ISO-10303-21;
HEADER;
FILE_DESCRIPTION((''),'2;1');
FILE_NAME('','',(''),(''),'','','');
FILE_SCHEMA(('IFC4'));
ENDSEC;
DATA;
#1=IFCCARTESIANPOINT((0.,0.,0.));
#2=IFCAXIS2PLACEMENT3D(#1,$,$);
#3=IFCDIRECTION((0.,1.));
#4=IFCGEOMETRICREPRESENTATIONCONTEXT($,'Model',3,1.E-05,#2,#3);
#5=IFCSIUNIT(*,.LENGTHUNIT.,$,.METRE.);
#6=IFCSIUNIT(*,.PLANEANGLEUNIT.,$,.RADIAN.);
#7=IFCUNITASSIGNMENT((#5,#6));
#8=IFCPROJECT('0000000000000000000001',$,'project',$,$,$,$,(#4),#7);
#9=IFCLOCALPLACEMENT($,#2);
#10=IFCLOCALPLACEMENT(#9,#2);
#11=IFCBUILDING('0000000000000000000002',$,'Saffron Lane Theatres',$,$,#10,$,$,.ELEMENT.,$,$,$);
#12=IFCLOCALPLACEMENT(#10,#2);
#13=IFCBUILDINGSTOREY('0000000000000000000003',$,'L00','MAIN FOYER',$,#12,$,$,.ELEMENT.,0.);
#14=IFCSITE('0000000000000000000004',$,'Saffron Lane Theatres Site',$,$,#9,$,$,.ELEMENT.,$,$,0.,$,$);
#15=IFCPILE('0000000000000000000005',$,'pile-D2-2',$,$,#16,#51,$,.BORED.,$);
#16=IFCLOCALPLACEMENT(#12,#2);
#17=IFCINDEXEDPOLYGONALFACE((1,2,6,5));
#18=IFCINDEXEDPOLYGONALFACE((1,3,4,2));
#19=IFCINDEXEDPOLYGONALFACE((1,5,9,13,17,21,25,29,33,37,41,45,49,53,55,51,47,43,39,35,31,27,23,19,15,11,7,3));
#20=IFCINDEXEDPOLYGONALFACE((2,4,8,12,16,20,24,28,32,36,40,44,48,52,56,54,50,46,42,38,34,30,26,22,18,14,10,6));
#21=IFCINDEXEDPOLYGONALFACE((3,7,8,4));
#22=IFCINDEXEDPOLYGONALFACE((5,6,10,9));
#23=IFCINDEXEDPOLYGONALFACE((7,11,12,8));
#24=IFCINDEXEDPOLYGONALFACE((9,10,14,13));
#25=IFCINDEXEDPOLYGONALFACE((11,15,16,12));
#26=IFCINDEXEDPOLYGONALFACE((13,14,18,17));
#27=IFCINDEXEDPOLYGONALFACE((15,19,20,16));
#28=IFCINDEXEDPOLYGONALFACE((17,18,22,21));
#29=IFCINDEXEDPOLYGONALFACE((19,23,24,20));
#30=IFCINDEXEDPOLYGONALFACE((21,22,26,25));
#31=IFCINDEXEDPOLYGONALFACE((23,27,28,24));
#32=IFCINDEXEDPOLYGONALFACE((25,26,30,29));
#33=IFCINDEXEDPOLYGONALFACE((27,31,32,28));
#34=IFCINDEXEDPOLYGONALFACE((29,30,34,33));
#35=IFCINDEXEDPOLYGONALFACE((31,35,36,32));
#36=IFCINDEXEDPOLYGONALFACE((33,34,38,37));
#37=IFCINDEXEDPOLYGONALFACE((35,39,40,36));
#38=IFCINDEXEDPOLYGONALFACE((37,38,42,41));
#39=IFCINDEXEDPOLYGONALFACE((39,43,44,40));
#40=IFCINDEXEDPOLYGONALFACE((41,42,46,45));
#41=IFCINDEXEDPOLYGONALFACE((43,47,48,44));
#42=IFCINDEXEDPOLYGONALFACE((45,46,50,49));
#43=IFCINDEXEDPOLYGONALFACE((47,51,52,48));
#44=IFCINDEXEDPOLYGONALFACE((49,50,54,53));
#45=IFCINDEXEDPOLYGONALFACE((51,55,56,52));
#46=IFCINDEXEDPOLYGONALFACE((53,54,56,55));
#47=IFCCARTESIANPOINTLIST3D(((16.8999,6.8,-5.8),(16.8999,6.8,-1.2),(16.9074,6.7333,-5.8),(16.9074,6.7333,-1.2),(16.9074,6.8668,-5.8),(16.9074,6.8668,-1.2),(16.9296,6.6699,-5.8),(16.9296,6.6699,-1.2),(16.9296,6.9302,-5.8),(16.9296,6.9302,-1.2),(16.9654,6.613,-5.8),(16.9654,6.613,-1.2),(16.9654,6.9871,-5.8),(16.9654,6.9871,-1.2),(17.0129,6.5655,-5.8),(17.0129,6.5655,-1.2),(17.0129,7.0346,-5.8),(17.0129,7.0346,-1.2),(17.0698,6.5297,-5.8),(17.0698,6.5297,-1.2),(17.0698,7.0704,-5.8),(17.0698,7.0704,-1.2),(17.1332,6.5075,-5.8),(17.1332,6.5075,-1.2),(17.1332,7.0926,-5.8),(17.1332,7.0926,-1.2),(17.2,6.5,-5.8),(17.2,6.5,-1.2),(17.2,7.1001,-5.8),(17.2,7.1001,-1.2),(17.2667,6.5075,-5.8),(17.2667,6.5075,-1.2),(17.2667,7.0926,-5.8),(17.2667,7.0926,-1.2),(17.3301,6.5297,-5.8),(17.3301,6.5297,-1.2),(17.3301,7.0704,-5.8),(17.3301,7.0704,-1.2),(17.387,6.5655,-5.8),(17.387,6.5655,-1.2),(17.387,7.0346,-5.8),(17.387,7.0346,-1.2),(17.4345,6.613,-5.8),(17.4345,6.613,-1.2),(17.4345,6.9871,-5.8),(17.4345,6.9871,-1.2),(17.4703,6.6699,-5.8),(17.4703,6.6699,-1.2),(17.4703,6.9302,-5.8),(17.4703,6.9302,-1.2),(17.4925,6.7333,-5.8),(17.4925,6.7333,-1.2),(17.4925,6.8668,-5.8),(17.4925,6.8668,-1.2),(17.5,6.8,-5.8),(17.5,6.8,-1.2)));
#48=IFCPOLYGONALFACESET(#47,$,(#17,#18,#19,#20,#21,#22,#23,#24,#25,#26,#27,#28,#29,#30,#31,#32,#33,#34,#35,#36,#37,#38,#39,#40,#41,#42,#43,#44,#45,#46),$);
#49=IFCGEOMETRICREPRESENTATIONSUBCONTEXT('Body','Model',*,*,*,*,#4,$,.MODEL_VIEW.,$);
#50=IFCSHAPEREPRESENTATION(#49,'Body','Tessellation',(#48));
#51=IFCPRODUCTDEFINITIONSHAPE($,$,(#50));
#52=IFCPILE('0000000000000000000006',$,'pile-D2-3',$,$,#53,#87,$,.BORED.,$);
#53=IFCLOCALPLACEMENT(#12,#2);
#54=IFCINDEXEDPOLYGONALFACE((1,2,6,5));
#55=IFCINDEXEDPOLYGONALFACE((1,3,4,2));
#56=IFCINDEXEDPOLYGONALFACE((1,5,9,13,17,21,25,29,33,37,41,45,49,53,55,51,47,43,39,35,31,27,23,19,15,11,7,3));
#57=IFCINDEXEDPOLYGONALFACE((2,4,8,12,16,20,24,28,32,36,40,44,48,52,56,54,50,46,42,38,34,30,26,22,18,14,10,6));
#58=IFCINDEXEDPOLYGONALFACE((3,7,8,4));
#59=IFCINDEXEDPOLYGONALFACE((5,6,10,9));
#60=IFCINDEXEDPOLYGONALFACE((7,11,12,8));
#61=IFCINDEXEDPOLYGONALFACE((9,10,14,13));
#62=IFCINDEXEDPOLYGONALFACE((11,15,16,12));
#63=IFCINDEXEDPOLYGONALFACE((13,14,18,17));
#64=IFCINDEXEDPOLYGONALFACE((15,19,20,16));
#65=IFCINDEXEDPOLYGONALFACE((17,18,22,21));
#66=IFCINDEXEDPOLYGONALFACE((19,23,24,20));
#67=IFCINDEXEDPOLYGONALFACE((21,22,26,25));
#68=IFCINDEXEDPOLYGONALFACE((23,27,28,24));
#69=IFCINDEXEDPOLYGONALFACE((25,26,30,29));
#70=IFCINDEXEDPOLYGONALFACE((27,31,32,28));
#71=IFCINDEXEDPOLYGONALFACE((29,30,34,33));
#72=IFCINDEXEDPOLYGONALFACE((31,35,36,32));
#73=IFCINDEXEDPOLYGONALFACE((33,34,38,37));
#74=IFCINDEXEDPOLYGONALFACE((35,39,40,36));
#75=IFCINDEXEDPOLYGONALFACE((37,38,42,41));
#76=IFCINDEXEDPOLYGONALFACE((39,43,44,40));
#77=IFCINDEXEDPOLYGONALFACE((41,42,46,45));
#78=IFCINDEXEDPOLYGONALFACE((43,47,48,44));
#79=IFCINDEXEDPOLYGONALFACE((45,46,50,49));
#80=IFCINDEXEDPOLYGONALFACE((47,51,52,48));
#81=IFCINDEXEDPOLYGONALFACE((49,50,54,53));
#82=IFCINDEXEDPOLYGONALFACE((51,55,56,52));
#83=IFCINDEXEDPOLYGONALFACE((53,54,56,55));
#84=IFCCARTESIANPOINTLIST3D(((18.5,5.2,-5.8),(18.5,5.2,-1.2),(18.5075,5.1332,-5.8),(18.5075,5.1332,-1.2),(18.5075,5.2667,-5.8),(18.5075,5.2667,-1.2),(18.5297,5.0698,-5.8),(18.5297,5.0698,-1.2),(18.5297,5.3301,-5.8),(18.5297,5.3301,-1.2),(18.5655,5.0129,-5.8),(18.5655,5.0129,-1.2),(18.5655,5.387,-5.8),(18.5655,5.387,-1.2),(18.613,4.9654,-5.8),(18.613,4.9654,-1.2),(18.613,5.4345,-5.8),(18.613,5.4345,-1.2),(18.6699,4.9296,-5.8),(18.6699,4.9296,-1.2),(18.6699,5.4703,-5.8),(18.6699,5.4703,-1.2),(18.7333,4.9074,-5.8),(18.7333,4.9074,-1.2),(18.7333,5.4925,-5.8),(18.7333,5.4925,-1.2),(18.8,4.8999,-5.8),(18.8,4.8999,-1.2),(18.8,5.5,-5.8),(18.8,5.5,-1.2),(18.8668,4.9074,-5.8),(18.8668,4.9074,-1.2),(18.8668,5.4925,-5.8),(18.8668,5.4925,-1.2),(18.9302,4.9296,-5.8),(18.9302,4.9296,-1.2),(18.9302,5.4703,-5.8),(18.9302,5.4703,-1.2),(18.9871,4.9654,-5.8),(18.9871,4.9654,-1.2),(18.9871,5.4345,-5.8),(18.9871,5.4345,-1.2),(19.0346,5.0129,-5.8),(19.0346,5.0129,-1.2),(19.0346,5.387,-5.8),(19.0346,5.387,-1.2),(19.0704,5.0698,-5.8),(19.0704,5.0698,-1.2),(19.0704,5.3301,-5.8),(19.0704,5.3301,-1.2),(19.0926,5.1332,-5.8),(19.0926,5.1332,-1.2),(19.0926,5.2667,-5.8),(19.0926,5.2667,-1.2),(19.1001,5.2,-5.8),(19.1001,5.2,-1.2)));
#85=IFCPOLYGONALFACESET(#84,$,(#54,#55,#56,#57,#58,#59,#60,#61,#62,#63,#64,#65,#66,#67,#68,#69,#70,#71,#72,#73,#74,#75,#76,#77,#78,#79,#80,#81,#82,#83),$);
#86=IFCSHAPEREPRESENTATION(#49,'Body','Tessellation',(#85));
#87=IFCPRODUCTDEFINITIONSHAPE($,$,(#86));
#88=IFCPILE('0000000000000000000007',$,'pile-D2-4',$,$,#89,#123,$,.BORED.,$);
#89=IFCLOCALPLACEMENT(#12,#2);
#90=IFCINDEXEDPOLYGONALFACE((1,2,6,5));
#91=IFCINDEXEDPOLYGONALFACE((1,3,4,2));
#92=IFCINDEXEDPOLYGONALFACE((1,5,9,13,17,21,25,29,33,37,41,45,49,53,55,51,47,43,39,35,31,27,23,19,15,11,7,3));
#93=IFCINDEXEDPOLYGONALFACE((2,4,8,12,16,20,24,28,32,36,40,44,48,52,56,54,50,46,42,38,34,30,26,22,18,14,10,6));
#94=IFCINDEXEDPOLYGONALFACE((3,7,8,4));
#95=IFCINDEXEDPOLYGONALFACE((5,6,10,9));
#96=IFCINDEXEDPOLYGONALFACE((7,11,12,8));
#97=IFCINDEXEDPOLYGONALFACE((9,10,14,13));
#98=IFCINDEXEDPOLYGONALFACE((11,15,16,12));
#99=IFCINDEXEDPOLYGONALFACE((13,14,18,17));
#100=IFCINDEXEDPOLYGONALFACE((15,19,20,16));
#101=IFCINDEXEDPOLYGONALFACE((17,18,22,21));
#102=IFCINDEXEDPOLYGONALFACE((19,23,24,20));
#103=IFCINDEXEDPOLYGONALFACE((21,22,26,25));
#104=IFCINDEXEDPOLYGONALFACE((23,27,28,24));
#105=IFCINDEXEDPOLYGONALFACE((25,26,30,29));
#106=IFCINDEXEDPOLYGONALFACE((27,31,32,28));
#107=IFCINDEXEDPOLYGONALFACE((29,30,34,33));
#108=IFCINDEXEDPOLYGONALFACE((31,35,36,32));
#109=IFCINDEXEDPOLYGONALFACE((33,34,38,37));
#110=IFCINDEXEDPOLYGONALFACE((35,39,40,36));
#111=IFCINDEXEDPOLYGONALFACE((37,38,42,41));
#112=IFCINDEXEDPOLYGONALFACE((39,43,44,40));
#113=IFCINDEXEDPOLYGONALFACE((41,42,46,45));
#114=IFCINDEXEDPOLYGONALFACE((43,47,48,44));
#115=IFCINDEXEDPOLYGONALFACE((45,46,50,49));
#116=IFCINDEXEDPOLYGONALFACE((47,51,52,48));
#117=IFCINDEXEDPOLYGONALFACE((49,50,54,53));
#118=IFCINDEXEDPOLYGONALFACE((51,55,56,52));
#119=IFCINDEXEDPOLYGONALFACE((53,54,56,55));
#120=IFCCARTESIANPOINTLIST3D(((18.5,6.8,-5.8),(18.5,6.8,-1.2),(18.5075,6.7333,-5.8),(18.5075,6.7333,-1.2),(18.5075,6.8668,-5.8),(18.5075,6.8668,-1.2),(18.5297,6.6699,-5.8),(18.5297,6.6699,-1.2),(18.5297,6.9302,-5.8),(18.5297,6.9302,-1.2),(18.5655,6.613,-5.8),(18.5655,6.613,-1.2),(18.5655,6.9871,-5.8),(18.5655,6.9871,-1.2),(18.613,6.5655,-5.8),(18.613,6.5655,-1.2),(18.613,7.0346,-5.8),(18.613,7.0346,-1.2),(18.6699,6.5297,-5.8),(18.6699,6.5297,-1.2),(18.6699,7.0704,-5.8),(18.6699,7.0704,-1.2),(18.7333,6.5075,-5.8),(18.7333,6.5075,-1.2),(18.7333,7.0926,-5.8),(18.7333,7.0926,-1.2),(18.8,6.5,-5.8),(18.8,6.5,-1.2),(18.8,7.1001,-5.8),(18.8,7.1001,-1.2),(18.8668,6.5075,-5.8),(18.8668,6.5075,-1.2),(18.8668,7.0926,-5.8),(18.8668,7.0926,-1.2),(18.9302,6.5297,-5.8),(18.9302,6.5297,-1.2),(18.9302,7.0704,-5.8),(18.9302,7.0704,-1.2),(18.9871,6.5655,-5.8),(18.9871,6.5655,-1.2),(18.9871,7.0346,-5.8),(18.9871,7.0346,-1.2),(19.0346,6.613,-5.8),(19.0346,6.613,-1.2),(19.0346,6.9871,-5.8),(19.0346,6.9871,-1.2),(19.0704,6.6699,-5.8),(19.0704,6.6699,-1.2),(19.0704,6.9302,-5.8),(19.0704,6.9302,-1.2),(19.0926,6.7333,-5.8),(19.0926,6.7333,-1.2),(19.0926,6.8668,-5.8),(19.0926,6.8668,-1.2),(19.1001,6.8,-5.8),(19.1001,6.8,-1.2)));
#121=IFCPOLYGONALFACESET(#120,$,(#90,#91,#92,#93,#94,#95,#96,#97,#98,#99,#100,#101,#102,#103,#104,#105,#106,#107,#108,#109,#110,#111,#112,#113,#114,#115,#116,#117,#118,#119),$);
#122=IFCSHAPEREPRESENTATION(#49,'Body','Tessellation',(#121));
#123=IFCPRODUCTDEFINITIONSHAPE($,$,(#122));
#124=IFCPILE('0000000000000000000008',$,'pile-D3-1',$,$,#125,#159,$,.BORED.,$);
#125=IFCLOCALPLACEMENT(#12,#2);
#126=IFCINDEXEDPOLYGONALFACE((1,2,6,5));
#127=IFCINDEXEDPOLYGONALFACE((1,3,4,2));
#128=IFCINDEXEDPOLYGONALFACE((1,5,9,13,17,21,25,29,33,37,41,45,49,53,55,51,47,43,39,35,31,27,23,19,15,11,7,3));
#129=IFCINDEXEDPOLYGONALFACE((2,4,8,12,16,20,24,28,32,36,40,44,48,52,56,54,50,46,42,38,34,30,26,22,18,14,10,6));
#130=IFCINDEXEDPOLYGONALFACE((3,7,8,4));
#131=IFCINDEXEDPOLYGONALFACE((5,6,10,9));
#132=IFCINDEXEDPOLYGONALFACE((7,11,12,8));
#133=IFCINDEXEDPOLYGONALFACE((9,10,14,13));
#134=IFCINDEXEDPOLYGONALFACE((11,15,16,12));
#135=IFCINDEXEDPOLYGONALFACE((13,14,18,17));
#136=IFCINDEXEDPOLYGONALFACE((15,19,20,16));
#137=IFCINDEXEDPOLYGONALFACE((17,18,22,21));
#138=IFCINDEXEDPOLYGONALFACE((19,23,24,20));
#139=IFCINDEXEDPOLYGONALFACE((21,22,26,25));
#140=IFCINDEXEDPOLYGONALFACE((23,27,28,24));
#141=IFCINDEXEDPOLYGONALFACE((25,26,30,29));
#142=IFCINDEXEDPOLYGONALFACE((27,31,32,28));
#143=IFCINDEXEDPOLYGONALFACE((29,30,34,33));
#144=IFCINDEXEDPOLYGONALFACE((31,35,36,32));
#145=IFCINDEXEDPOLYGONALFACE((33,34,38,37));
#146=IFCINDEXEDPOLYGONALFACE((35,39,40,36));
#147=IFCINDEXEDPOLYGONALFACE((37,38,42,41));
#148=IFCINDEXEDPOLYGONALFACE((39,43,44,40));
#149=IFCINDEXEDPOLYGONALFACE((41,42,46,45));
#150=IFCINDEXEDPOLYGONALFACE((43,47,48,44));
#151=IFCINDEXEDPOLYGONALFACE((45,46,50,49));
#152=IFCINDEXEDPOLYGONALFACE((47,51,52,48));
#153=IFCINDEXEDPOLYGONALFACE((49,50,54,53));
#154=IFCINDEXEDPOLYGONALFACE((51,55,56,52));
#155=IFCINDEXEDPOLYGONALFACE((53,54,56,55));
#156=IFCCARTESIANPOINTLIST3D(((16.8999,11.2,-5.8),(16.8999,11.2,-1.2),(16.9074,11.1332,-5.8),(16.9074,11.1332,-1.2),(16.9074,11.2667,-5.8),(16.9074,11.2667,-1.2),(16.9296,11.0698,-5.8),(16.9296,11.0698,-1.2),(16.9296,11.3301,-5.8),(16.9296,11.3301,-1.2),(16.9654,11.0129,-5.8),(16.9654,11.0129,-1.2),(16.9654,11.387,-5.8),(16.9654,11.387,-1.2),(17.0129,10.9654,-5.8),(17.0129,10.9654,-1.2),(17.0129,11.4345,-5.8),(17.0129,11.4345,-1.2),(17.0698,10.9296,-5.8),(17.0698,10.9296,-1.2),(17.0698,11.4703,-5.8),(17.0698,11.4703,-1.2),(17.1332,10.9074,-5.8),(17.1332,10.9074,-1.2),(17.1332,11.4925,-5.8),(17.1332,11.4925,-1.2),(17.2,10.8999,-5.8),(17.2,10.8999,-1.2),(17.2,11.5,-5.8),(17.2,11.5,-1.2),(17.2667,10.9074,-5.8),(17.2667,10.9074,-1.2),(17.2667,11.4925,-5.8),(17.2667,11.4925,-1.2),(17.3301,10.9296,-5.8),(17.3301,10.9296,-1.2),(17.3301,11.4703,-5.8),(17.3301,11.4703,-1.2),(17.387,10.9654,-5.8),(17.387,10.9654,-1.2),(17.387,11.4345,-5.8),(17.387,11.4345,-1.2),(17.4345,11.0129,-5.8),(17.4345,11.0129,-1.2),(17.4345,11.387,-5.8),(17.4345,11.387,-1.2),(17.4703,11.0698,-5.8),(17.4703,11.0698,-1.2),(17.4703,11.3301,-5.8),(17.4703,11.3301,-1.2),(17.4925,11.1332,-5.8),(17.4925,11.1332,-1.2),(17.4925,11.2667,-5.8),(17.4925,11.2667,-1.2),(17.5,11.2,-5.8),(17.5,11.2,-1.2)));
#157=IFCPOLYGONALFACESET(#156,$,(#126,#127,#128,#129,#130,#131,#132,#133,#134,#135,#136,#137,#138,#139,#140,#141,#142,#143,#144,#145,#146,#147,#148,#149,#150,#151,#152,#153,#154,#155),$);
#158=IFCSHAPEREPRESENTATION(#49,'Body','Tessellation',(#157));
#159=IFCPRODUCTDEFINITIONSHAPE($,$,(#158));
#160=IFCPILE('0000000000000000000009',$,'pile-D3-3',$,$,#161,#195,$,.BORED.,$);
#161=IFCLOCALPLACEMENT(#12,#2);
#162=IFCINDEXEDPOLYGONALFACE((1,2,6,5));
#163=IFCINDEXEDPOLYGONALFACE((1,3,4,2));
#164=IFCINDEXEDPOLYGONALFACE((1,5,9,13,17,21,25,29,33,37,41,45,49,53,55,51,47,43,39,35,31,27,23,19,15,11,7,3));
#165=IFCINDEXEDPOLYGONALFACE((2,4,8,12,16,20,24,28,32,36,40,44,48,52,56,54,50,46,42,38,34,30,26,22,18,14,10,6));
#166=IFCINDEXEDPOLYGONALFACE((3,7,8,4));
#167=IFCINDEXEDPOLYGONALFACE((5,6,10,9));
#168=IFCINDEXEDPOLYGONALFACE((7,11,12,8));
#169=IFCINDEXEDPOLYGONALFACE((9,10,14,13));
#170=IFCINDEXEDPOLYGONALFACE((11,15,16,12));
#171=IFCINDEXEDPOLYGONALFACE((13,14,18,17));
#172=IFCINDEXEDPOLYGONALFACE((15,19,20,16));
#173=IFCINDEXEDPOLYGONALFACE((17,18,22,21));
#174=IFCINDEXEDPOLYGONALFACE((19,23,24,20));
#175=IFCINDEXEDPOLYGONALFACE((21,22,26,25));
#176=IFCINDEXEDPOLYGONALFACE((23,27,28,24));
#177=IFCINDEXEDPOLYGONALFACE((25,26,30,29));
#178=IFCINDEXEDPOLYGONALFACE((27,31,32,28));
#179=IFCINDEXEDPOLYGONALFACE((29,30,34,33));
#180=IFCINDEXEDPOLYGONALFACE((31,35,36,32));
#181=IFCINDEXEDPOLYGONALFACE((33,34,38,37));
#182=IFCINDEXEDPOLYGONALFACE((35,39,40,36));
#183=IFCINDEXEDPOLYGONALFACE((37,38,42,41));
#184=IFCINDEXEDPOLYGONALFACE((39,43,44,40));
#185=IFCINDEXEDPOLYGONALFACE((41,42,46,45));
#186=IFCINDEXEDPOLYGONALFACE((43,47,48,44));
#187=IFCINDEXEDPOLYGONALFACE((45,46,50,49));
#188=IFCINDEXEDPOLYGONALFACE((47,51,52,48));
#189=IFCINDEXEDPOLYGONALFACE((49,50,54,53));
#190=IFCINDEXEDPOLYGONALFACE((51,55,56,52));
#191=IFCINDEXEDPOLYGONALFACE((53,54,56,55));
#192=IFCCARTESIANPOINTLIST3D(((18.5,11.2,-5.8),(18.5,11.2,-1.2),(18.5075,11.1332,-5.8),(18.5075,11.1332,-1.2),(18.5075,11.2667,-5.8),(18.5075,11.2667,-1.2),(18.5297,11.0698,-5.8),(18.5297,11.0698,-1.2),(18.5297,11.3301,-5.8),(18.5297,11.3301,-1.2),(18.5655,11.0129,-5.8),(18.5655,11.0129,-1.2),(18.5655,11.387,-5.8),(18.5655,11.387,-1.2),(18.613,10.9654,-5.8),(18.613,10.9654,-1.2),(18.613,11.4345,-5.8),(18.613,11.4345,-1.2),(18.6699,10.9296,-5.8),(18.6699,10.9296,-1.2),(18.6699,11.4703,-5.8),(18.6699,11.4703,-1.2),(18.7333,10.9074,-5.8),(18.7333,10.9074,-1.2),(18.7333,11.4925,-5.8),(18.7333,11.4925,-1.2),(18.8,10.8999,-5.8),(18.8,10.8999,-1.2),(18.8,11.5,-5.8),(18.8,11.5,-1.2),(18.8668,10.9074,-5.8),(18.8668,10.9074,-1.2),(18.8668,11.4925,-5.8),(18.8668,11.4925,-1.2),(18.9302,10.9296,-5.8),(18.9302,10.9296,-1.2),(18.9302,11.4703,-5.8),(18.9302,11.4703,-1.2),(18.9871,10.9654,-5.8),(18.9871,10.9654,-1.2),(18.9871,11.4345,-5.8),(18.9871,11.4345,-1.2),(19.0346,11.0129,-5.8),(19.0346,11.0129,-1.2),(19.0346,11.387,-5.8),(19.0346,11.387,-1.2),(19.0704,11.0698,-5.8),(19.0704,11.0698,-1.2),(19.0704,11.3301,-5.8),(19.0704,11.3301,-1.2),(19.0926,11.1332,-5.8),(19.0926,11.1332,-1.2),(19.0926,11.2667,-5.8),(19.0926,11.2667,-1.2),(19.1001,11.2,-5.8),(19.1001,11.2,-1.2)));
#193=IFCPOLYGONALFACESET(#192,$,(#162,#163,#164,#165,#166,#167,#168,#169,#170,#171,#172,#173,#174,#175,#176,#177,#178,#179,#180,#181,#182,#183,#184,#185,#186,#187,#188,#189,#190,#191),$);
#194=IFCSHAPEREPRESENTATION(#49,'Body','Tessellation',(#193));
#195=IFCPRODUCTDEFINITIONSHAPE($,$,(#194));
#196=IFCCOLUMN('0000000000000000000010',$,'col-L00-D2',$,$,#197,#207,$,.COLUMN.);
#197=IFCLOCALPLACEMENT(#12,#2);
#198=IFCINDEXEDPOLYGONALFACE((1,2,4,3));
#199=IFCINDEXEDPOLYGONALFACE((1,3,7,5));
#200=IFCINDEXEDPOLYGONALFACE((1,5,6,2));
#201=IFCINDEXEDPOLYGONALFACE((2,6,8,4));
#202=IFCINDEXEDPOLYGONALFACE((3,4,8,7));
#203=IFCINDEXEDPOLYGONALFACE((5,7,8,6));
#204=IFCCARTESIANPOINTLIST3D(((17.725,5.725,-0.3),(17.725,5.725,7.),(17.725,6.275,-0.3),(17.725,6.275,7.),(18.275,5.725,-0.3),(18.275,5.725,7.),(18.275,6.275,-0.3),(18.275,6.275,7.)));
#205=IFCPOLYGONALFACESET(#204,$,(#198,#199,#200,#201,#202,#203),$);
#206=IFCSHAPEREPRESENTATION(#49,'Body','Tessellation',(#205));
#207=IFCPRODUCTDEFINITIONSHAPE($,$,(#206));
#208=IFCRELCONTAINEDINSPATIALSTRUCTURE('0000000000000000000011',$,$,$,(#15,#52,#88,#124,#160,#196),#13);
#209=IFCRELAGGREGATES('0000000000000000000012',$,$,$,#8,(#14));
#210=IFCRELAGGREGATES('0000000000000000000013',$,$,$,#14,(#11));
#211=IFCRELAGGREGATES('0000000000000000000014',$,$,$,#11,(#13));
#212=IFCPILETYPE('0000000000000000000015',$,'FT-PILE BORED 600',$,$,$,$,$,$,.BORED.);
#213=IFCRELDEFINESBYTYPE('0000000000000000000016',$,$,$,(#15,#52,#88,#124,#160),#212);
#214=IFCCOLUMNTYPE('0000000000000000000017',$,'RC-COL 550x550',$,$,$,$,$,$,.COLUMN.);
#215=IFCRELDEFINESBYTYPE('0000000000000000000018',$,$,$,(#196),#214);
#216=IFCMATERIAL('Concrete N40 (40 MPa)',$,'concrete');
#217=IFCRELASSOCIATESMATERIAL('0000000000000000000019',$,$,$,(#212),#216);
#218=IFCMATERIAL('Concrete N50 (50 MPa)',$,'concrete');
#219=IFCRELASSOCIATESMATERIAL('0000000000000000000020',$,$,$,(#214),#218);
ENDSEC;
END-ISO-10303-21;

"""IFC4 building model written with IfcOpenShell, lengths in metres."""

from ifc_helpers import new_model, si_unit, direction, frame, origin, origin_2d, place, context, subcontext, project, spatial, rectangle, circle, extrude, material, material_profile, profile_set, type_object, element, save


model = new_model("IFC4")

# Units and contexts
model_context = context("Model", 3, precision=1e-05, world=origin(), true_north=direction((0.0, 1.0)))
body_context = subcontext(model_context, "Body", "Model", "MODEL_VIEW")
ifc_project = project(units=[si_unit("LENGTHUNIT", "METRE"), si_unit("PLANEANGLEUNIT", "RADIAN")], contexts=[model_context])

# Site, building, storey
site_placement = place(None, origin())
site = spatial("IfcSite", under=ifc_project, at=site_placement, Name="Saffron Lane Theatres Site", CompositionType="ELEMENT", RefElevation=0.0)
building_placement = place(site_placement, origin())
building = spatial("IfcBuilding", under=site, at=building_placement, Name="Saffron Lane Theatres", CompositionType="ELEMENT")
storey_placement = place(building_placement, origin())
storey = spatial("IfcBuildingStorey", under=building, at=storey_placement, Name="L00", Description="MAIN FOYER", CompositionType="ELEMENT", Elevation=0.0)

# Piles
ifc_material_1 = material(Name="Concrete N40 (40 MPa)", Category="concrete")
ifc_material_profile_1 = material_profile(ifc_material_1, circle(Radius=0.3, at=origin_2d()))
ifc_profile_set_1 = profile_set([ifc_material_profile_1], Name="Concrete N40 (40 MPa)")
pile_type = type_object("IfcPileType", Name="FT-PILE BORED 600", PredefinedType="BORED", material=ifc_profile_set_1)
for number, where, z_axis, x_axis, name in (
    (1, (17.2, 6.8, -1.2), (0.0, 0.0, -1.0), (1.0, 0.0, 0.0), "pile-D2-2"),
    (2, (18.8, 5.2, -1.2), (0.0, 0.0, -1.0), (1.0, 0.0, 0.0), "pile-D2-3"),
    (3, (18.8, 6.8, -1.2), (0.0, 0.0, -1.0), (1.0, 0.0, 0.0), "pile-D2-4"),
    (4, (17.2, 11.2, -1.2), (0.0, 0.0, -1.0), (1.0, 0.0, 0.0), "pile-D3-1"),
    (5, (18.8, 11.2, -1.2), (0.0, 0.0, -1.0), (1.0, 0.0, 0.0), "pile-D3-3"),
):
    element("IfcPile", number, at=place(storey_placement, frame(where, z_axis=z_axis, x_axis=x_axis)), inside=storey, type_object=pile_type, Name=name, PredefinedType="BORED", context=body_context, shape_type="SweptSolid", body=[
        extrude(circle(Radius=0.3, at=origin_2d()), origin(), (0.0, 0.0, 1.0), 4.6001),
    ])

# Column
ifc_material_2 = material(Name="Concrete N50 (50 MPa)", Category="concrete")
ifc_material_profile_2 = material_profile(ifc_material_2, rectangle(XDim=0.55, YDim=0.55, at=origin_2d()))
ifc_profile_set_2 = profile_set([ifc_material_profile_2], Name="Concrete N50 (50 MPa)")
column_type_1 = type_object("IfcColumnType", Name="RC-COL 550x550", PredefinedType="COLUMN", material=ifc_profile_set_2)
column_1_placement = place(storey_placement, frame((18.0, 6.0, -0.3), z_axis=(0.0, 0.0, 1.0), x_axis=(1.0, 0.0, 0.0)))
element("IfcColumn", 6, at=column_1_placement, inside=storey, type_object=column_type_1, Name="col-L00-D2", PredefinedType="COLUMN", context=body_context, shape_type="SweptSolid", body=[
    extrude(rectangle(XDim=0.55, YDim=0.55, at=origin_2d()), origin(), (0.0, 0.0, 1.0), 7.3),
])

save(model, "model.ifc")
